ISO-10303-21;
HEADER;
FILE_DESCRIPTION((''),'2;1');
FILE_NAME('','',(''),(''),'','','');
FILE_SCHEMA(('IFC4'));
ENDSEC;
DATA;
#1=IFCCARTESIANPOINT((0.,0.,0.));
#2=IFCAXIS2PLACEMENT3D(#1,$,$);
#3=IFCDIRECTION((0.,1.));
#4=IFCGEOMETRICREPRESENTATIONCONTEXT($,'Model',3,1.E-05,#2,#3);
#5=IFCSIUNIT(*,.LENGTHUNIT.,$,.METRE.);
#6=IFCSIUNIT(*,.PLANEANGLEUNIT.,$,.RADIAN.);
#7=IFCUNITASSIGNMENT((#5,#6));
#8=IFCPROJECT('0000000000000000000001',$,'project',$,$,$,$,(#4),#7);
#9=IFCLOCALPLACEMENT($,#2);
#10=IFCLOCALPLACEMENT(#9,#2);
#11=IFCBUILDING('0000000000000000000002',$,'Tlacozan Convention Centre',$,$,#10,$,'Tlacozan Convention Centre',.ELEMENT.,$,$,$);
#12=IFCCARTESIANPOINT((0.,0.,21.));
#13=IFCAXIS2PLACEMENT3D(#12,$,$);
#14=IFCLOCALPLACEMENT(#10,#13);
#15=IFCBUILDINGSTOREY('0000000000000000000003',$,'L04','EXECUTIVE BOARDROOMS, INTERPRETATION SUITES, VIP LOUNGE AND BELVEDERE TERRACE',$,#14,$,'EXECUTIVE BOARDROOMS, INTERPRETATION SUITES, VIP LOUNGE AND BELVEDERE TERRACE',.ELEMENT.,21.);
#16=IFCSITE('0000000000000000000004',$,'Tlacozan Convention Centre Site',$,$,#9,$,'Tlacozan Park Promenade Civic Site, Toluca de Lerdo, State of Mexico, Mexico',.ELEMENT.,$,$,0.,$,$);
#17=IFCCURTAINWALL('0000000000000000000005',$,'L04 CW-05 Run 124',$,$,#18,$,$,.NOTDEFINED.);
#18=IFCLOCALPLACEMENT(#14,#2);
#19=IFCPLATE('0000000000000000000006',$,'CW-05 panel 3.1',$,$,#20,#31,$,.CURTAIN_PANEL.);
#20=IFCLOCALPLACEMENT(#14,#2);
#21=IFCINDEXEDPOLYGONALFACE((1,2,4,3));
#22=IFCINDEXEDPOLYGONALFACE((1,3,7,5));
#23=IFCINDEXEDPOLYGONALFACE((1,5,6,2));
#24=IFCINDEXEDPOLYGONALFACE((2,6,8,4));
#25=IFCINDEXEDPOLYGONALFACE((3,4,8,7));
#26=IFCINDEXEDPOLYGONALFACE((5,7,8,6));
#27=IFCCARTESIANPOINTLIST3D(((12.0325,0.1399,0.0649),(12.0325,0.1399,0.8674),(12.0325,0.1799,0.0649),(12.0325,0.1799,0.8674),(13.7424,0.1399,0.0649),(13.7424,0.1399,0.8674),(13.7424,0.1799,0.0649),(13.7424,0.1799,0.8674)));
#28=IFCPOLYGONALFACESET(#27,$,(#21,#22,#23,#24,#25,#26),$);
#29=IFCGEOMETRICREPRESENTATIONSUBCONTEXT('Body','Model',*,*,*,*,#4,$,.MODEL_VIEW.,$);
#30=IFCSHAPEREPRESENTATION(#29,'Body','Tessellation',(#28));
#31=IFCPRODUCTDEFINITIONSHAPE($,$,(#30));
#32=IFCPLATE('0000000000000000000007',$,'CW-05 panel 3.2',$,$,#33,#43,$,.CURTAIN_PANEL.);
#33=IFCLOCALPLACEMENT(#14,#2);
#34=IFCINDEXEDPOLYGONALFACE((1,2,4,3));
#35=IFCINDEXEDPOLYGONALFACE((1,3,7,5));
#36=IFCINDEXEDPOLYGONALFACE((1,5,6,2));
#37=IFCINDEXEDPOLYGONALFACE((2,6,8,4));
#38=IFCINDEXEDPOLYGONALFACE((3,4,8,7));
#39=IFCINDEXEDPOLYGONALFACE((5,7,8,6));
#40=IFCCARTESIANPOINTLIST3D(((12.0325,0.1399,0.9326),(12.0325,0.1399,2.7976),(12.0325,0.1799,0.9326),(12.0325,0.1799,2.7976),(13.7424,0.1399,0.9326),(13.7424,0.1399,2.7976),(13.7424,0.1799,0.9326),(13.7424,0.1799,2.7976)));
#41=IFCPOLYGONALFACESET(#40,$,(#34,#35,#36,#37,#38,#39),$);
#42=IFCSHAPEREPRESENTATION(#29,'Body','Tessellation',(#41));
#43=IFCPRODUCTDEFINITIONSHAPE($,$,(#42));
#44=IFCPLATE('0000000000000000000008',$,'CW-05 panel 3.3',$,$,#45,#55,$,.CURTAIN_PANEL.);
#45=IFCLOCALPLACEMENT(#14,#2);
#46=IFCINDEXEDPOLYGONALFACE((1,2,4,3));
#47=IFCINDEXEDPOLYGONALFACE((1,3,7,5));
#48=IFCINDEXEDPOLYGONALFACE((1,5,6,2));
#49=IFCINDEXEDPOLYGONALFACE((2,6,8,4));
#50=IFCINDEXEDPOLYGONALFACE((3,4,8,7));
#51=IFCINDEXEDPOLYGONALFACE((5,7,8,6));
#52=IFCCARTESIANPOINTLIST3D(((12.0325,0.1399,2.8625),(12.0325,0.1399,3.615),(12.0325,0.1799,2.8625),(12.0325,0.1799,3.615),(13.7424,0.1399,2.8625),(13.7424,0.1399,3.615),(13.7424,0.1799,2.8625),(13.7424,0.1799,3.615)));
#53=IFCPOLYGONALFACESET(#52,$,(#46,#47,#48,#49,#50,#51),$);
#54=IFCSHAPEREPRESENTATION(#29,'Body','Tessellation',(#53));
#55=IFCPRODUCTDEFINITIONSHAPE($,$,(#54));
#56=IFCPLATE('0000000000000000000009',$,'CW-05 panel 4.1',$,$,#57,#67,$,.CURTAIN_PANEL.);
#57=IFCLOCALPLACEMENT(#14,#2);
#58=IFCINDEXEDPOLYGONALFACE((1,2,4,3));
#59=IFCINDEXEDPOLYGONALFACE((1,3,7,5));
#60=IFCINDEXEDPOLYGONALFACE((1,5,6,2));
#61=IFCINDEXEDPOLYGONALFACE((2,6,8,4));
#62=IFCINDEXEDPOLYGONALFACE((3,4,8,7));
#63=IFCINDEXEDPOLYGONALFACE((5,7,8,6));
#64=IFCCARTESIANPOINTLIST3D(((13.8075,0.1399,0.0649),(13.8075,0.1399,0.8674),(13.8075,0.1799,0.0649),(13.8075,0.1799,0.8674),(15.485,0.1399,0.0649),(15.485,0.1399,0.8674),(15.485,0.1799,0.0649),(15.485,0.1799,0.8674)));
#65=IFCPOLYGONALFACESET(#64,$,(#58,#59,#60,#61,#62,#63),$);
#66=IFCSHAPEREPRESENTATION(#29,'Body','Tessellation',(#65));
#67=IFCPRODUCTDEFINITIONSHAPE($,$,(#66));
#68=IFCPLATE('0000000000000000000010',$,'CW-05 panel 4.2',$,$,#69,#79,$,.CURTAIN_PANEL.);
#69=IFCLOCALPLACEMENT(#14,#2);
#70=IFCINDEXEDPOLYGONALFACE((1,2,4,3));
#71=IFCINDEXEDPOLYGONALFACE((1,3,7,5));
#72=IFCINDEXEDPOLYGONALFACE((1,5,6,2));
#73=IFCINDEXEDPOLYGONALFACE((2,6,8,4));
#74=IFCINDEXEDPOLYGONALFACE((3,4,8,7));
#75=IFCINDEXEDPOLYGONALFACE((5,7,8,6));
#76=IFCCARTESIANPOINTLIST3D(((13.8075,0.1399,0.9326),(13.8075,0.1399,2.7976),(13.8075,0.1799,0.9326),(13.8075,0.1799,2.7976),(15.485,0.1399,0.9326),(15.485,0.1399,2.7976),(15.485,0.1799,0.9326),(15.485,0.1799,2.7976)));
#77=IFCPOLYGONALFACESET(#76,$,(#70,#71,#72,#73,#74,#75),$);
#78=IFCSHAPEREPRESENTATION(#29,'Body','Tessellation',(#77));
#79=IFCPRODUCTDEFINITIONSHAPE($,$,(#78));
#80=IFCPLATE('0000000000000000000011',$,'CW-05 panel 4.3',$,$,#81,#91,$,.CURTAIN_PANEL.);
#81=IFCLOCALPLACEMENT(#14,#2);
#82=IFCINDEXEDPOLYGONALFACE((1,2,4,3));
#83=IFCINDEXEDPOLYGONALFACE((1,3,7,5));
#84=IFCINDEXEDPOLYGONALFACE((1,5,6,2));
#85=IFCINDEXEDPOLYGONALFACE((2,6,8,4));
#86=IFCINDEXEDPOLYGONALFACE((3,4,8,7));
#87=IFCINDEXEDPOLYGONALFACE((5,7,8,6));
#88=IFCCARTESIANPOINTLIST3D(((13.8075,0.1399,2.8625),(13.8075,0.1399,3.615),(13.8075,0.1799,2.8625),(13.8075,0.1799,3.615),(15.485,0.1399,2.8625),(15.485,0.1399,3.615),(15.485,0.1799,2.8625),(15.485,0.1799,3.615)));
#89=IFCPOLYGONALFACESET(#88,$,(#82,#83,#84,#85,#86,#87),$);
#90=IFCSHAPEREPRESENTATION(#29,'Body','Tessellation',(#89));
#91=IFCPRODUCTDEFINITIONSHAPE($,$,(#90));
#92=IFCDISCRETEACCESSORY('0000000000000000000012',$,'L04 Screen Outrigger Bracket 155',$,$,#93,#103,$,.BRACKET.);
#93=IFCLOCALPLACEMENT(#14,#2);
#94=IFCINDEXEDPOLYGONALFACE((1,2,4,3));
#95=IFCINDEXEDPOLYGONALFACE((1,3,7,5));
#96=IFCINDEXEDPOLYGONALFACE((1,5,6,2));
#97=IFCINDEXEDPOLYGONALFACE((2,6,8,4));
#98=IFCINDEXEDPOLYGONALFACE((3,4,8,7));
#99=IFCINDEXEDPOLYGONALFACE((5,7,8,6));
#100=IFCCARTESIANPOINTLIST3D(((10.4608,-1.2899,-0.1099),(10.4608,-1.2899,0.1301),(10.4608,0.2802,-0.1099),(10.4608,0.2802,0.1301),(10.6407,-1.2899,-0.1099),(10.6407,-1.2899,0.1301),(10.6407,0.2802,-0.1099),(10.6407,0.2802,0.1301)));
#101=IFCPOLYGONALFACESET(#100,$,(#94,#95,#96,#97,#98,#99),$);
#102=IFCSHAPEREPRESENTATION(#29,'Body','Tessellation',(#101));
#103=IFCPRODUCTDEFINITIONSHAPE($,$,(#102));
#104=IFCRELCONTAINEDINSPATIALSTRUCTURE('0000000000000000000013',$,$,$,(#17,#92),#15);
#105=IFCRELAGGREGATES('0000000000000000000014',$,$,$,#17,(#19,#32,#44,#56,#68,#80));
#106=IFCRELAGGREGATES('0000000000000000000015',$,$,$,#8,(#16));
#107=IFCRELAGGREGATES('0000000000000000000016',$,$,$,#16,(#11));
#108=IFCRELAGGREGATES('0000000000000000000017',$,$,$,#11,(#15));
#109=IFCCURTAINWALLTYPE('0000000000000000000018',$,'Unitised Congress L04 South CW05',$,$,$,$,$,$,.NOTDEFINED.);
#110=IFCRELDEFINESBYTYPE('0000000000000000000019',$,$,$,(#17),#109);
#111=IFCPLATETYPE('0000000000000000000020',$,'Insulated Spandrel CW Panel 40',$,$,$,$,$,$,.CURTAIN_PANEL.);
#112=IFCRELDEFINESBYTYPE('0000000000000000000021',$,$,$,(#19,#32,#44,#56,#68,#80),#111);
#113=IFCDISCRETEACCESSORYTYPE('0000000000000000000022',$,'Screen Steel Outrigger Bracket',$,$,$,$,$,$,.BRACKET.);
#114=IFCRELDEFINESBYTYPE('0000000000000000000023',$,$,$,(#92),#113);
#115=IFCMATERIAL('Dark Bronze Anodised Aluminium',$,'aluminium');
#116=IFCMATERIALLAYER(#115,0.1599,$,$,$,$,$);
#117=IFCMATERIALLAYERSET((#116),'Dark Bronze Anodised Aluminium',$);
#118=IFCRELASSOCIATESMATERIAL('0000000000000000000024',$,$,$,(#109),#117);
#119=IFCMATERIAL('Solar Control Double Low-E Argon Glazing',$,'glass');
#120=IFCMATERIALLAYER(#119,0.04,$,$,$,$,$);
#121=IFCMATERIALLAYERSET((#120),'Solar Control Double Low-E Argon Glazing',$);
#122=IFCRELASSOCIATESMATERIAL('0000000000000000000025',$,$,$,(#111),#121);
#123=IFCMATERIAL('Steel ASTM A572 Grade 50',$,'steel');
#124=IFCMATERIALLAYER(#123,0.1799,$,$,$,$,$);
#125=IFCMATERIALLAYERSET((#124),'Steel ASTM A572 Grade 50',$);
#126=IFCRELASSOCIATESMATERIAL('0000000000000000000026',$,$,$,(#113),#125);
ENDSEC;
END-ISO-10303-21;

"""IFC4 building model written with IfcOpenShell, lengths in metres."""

from ifc_helpers import new_model, si_unit, direction, frame, origin, origin_2d, place, context, subcontext, project, spatial, rectangle, extrude, material, layer, layer_set, type_object, element, aggregate, save


model = new_model("IFC4")

# Units and contexts
model_context = context("Model", 3, precision=1e-05, world=origin(), true_north=direction((0.0, 1.0)))
body_context = subcontext(model_context, "Body", "Model", "MODEL_VIEW")
ifc_project = project(units=[si_unit("LENGTHUNIT", "METRE"), si_unit("PLANEANGLEUNIT", "RADIAN")], contexts=[model_context])

# Site, building, storey
site_placement = place(None, origin())
site = spatial("IfcSite", under=ifc_project, at=site_placement, Name="Tlacozan Convention Centre Site", LongName="Tlacozan Park Promenade Civic Site, Toluca de Lerdo, State of Mexico, Mexico", CompositionType="ELEMENT", RefElevation=0.0)
building_placement = place(site_placement, origin())
building = spatial("IfcBuilding", under=site, at=building_placement, Name="Tlacozan Convention Centre", LongName="Tlacozan Convention Centre", CompositionType="ELEMENT")
storey_placement = place(building_placement, frame((0.0, 0.0, 21.0)))
storey = spatial("IfcBuildingStorey", under=building, at=storey_placement, Name="L04", Description="EXECUTIVE BOARDROOMS, INTERPRETATION SUITES, VIP LOUNGE AND BELVEDERE TERRACE", LongName="EXECUTIVE BOARDROOMS, INTERPRETATION SUITES, VIP LOUNGE AND BELVEDERE TERRACE", CompositionType="ELEMENT", Elevation=21.0)

# Curtain wall
ifc_material_1 = material(Name="Dark Bronze Anodised Aluminium", Category="aluminium")
ifc_layer_1 = layer(ifc_material_1, 0.1599)
ifc_layer_set_1 = layer_set([ifc_layer_1], Name="Dark Bronze Anodised Aluminium")
curtain_wall_type = type_object("IfcCurtainWallType", Name="Unitised Congress L04 South CW05", PredefinedType="NOTDEFINED", material=ifc_layer_set_1)
curtain_wall_placement = place(storey_placement, origin())
curtain_wall = element("IfcCurtainWall", 1, at=curtain_wall_placement, inside=storey, type_object=curtain_wall_type, Name="L04 CW-05 Run 124", PredefinedType="NOTDEFINED")

# Plates
ifc_material_2 = material(Name="Solar Control Double Low-E Argon Glazing", Category="glass")
ifc_layer_2 = layer(ifc_material_2, 0.04)
ifc_layer_set_2 = layer_set([ifc_layer_2], Name="Solar Control Double Low-E Argon Glazing")
plate_type = type_object("IfcPlateType", Name="Insulated Spandrel CW Panel 40", PredefinedType="CURTAIN_PANEL", material=ifc_layer_set_2)
plate_1_placement = place(storey_placement, frame((12.8875, 0.1599, 0.0649), z_axis=(0.0, 0.0, 1.0), x_axis=(1.0, 0.0, 0.0)))
plate_1 = element("IfcPlate", 2, at=plate_1_placement, type_object=plate_type, Name="CW-05 panel 3.1", PredefinedType="CURTAIN_PANEL", context=body_context, shape_type="SweptSolid", body=[
    extrude(rectangle(XDim=1.71, YDim=0.04, at=origin_2d()), origin(), (0.0, 0.0, 1.0), 0.8025),
])
plate_2_placement = place(storey_placement, frame((12.8875, 0.1599, 0.9326), z_axis=(0.0, 0.0, 1.0), x_axis=(1.0, 0.0, 0.0)))
plate_2 = element("IfcPlate", 3, at=plate_2_placement, type_object=plate_type, Name="CW-05 panel 3.2", PredefinedType="CURTAIN_PANEL", context=body_context, shape_type="SweptSolid", body=[
    extrude(rectangle(XDim=1.71, YDim=0.04, at=origin_2d()), origin(), (0.0, 0.0, 1.0), 1.865),
])
plate_3_placement = place(storey_placement, frame((12.8875, 0.1599, 2.8625), z_axis=(0.0, 0.0, 1.0), x_axis=(1.0, 0.0, 0.0)))
plate_3 = element("IfcPlate", 4, at=plate_3_placement, type_object=plate_type, Name="CW-05 panel 3.3", PredefinedType="CURTAIN_PANEL", context=body_context, shape_type="SweptSolid", body=[
    extrude(rectangle(XDim=1.71, YDim=0.04, at=origin_2d()), origin(), (0.0, 0.0, 1.0), 0.7524),
])
plate_4_placement = place(storey_placement, frame((14.6462, 0.1599, 0.0649), z_axis=(0.0, 0.0, 1.0), x_axis=(1.0, 0.0, 0.0)))
plate_4 = element("IfcPlate", 5, at=plate_4_placement, type_object=plate_type, Name="CW-05 panel 4.1", PredefinedType="CURTAIN_PANEL", context=body_context, shape_type="SweptSolid", body=[
    extrude(rectangle(XDim=1.6775, YDim=0.04, at=origin_2d()), origin(), (0.0, 0.0, 1.0), 0.8025),
])
plate_5_placement = place(storey_placement, frame((14.6462, 0.1599, 0.9326), z_axis=(0.0, 0.0, 1.0), x_axis=(1.0, 0.0, 0.0)))
plate_5 = element("IfcPlate", 6, at=plate_5_placement, type_object=plate_type, Name="CW-05 panel 4.2", PredefinedType="CURTAIN_PANEL", context=body_context, shape_type="SweptSolid", body=[
    extrude(rectangle(XDim=1.6775, YDim=0.04, at=origin_2d()), origin(), (0.0, 0.0, 1.0), 1.865),
])
plate_6_placement = place(storey_placement, frame((14.6462, 0.1599, 2.8625), z_axis=(0.0, 0.0, 1.0), x_axis=(1.0, 0.0, 0.0)))
plate_6 = element("IfcPlate", 7, at=plate_6_placement, type_object=plate_type, Name="CW-05 panel 4.3", PredefinedType="CURTAIN_PANEL", context=body_context, shape_type="SweptSolid", body=[
    extrude(rectangle(XDim=1.6775, YDim=0.04, at=origin_2d()), origin(), (0.0, 0.0, 1.0), 0.7524),
])
aggregate(curtain_wall, [plate_1, plate_2, plate_3, plate_4, plate_5, plate_6])

# Discrete accessory
ifc_material_3 = material(Name="Steel ASTM A572 Grade 50", Category="steel")
ifc_layer_3 = layer(ifc_material_3, 0.1799)
ifc_layer_set_3 = layer_set([ifc_layer_3], Name="Steel ASTM A572 Grade 50")
discrete_accessory_type = type_object("IfcDiscreteAccessoryType", Name="Screen Steel Outrigger Bracket", PredefinedType="BRACKET", material=ifc_layer_set_3)
discrete_accessory_placement = place(storey_placement, frame((10.5508, -0.5049, -0.1099), z_axis=(0.0, 0.0, 1.0), x_axis=(0.0, 1.0, 0.0)))
element("IfcDiscreteAccessory", 8, at=discrete_accessory_placement, inside=storey, type_object=discrete_accessory_type, Name="L04 Screen Outrigger Bracket 155", PredefinedType="BRACKET", context=body_context, shape_type="SweptSolid", body=[
    extrude(rectangle(XDim=1.5701, YDim=0.1799, at=origin_2d()), origin(), (0.0, 0.0, 1.0), 0.24),
])

save(model, "model.ifc")
